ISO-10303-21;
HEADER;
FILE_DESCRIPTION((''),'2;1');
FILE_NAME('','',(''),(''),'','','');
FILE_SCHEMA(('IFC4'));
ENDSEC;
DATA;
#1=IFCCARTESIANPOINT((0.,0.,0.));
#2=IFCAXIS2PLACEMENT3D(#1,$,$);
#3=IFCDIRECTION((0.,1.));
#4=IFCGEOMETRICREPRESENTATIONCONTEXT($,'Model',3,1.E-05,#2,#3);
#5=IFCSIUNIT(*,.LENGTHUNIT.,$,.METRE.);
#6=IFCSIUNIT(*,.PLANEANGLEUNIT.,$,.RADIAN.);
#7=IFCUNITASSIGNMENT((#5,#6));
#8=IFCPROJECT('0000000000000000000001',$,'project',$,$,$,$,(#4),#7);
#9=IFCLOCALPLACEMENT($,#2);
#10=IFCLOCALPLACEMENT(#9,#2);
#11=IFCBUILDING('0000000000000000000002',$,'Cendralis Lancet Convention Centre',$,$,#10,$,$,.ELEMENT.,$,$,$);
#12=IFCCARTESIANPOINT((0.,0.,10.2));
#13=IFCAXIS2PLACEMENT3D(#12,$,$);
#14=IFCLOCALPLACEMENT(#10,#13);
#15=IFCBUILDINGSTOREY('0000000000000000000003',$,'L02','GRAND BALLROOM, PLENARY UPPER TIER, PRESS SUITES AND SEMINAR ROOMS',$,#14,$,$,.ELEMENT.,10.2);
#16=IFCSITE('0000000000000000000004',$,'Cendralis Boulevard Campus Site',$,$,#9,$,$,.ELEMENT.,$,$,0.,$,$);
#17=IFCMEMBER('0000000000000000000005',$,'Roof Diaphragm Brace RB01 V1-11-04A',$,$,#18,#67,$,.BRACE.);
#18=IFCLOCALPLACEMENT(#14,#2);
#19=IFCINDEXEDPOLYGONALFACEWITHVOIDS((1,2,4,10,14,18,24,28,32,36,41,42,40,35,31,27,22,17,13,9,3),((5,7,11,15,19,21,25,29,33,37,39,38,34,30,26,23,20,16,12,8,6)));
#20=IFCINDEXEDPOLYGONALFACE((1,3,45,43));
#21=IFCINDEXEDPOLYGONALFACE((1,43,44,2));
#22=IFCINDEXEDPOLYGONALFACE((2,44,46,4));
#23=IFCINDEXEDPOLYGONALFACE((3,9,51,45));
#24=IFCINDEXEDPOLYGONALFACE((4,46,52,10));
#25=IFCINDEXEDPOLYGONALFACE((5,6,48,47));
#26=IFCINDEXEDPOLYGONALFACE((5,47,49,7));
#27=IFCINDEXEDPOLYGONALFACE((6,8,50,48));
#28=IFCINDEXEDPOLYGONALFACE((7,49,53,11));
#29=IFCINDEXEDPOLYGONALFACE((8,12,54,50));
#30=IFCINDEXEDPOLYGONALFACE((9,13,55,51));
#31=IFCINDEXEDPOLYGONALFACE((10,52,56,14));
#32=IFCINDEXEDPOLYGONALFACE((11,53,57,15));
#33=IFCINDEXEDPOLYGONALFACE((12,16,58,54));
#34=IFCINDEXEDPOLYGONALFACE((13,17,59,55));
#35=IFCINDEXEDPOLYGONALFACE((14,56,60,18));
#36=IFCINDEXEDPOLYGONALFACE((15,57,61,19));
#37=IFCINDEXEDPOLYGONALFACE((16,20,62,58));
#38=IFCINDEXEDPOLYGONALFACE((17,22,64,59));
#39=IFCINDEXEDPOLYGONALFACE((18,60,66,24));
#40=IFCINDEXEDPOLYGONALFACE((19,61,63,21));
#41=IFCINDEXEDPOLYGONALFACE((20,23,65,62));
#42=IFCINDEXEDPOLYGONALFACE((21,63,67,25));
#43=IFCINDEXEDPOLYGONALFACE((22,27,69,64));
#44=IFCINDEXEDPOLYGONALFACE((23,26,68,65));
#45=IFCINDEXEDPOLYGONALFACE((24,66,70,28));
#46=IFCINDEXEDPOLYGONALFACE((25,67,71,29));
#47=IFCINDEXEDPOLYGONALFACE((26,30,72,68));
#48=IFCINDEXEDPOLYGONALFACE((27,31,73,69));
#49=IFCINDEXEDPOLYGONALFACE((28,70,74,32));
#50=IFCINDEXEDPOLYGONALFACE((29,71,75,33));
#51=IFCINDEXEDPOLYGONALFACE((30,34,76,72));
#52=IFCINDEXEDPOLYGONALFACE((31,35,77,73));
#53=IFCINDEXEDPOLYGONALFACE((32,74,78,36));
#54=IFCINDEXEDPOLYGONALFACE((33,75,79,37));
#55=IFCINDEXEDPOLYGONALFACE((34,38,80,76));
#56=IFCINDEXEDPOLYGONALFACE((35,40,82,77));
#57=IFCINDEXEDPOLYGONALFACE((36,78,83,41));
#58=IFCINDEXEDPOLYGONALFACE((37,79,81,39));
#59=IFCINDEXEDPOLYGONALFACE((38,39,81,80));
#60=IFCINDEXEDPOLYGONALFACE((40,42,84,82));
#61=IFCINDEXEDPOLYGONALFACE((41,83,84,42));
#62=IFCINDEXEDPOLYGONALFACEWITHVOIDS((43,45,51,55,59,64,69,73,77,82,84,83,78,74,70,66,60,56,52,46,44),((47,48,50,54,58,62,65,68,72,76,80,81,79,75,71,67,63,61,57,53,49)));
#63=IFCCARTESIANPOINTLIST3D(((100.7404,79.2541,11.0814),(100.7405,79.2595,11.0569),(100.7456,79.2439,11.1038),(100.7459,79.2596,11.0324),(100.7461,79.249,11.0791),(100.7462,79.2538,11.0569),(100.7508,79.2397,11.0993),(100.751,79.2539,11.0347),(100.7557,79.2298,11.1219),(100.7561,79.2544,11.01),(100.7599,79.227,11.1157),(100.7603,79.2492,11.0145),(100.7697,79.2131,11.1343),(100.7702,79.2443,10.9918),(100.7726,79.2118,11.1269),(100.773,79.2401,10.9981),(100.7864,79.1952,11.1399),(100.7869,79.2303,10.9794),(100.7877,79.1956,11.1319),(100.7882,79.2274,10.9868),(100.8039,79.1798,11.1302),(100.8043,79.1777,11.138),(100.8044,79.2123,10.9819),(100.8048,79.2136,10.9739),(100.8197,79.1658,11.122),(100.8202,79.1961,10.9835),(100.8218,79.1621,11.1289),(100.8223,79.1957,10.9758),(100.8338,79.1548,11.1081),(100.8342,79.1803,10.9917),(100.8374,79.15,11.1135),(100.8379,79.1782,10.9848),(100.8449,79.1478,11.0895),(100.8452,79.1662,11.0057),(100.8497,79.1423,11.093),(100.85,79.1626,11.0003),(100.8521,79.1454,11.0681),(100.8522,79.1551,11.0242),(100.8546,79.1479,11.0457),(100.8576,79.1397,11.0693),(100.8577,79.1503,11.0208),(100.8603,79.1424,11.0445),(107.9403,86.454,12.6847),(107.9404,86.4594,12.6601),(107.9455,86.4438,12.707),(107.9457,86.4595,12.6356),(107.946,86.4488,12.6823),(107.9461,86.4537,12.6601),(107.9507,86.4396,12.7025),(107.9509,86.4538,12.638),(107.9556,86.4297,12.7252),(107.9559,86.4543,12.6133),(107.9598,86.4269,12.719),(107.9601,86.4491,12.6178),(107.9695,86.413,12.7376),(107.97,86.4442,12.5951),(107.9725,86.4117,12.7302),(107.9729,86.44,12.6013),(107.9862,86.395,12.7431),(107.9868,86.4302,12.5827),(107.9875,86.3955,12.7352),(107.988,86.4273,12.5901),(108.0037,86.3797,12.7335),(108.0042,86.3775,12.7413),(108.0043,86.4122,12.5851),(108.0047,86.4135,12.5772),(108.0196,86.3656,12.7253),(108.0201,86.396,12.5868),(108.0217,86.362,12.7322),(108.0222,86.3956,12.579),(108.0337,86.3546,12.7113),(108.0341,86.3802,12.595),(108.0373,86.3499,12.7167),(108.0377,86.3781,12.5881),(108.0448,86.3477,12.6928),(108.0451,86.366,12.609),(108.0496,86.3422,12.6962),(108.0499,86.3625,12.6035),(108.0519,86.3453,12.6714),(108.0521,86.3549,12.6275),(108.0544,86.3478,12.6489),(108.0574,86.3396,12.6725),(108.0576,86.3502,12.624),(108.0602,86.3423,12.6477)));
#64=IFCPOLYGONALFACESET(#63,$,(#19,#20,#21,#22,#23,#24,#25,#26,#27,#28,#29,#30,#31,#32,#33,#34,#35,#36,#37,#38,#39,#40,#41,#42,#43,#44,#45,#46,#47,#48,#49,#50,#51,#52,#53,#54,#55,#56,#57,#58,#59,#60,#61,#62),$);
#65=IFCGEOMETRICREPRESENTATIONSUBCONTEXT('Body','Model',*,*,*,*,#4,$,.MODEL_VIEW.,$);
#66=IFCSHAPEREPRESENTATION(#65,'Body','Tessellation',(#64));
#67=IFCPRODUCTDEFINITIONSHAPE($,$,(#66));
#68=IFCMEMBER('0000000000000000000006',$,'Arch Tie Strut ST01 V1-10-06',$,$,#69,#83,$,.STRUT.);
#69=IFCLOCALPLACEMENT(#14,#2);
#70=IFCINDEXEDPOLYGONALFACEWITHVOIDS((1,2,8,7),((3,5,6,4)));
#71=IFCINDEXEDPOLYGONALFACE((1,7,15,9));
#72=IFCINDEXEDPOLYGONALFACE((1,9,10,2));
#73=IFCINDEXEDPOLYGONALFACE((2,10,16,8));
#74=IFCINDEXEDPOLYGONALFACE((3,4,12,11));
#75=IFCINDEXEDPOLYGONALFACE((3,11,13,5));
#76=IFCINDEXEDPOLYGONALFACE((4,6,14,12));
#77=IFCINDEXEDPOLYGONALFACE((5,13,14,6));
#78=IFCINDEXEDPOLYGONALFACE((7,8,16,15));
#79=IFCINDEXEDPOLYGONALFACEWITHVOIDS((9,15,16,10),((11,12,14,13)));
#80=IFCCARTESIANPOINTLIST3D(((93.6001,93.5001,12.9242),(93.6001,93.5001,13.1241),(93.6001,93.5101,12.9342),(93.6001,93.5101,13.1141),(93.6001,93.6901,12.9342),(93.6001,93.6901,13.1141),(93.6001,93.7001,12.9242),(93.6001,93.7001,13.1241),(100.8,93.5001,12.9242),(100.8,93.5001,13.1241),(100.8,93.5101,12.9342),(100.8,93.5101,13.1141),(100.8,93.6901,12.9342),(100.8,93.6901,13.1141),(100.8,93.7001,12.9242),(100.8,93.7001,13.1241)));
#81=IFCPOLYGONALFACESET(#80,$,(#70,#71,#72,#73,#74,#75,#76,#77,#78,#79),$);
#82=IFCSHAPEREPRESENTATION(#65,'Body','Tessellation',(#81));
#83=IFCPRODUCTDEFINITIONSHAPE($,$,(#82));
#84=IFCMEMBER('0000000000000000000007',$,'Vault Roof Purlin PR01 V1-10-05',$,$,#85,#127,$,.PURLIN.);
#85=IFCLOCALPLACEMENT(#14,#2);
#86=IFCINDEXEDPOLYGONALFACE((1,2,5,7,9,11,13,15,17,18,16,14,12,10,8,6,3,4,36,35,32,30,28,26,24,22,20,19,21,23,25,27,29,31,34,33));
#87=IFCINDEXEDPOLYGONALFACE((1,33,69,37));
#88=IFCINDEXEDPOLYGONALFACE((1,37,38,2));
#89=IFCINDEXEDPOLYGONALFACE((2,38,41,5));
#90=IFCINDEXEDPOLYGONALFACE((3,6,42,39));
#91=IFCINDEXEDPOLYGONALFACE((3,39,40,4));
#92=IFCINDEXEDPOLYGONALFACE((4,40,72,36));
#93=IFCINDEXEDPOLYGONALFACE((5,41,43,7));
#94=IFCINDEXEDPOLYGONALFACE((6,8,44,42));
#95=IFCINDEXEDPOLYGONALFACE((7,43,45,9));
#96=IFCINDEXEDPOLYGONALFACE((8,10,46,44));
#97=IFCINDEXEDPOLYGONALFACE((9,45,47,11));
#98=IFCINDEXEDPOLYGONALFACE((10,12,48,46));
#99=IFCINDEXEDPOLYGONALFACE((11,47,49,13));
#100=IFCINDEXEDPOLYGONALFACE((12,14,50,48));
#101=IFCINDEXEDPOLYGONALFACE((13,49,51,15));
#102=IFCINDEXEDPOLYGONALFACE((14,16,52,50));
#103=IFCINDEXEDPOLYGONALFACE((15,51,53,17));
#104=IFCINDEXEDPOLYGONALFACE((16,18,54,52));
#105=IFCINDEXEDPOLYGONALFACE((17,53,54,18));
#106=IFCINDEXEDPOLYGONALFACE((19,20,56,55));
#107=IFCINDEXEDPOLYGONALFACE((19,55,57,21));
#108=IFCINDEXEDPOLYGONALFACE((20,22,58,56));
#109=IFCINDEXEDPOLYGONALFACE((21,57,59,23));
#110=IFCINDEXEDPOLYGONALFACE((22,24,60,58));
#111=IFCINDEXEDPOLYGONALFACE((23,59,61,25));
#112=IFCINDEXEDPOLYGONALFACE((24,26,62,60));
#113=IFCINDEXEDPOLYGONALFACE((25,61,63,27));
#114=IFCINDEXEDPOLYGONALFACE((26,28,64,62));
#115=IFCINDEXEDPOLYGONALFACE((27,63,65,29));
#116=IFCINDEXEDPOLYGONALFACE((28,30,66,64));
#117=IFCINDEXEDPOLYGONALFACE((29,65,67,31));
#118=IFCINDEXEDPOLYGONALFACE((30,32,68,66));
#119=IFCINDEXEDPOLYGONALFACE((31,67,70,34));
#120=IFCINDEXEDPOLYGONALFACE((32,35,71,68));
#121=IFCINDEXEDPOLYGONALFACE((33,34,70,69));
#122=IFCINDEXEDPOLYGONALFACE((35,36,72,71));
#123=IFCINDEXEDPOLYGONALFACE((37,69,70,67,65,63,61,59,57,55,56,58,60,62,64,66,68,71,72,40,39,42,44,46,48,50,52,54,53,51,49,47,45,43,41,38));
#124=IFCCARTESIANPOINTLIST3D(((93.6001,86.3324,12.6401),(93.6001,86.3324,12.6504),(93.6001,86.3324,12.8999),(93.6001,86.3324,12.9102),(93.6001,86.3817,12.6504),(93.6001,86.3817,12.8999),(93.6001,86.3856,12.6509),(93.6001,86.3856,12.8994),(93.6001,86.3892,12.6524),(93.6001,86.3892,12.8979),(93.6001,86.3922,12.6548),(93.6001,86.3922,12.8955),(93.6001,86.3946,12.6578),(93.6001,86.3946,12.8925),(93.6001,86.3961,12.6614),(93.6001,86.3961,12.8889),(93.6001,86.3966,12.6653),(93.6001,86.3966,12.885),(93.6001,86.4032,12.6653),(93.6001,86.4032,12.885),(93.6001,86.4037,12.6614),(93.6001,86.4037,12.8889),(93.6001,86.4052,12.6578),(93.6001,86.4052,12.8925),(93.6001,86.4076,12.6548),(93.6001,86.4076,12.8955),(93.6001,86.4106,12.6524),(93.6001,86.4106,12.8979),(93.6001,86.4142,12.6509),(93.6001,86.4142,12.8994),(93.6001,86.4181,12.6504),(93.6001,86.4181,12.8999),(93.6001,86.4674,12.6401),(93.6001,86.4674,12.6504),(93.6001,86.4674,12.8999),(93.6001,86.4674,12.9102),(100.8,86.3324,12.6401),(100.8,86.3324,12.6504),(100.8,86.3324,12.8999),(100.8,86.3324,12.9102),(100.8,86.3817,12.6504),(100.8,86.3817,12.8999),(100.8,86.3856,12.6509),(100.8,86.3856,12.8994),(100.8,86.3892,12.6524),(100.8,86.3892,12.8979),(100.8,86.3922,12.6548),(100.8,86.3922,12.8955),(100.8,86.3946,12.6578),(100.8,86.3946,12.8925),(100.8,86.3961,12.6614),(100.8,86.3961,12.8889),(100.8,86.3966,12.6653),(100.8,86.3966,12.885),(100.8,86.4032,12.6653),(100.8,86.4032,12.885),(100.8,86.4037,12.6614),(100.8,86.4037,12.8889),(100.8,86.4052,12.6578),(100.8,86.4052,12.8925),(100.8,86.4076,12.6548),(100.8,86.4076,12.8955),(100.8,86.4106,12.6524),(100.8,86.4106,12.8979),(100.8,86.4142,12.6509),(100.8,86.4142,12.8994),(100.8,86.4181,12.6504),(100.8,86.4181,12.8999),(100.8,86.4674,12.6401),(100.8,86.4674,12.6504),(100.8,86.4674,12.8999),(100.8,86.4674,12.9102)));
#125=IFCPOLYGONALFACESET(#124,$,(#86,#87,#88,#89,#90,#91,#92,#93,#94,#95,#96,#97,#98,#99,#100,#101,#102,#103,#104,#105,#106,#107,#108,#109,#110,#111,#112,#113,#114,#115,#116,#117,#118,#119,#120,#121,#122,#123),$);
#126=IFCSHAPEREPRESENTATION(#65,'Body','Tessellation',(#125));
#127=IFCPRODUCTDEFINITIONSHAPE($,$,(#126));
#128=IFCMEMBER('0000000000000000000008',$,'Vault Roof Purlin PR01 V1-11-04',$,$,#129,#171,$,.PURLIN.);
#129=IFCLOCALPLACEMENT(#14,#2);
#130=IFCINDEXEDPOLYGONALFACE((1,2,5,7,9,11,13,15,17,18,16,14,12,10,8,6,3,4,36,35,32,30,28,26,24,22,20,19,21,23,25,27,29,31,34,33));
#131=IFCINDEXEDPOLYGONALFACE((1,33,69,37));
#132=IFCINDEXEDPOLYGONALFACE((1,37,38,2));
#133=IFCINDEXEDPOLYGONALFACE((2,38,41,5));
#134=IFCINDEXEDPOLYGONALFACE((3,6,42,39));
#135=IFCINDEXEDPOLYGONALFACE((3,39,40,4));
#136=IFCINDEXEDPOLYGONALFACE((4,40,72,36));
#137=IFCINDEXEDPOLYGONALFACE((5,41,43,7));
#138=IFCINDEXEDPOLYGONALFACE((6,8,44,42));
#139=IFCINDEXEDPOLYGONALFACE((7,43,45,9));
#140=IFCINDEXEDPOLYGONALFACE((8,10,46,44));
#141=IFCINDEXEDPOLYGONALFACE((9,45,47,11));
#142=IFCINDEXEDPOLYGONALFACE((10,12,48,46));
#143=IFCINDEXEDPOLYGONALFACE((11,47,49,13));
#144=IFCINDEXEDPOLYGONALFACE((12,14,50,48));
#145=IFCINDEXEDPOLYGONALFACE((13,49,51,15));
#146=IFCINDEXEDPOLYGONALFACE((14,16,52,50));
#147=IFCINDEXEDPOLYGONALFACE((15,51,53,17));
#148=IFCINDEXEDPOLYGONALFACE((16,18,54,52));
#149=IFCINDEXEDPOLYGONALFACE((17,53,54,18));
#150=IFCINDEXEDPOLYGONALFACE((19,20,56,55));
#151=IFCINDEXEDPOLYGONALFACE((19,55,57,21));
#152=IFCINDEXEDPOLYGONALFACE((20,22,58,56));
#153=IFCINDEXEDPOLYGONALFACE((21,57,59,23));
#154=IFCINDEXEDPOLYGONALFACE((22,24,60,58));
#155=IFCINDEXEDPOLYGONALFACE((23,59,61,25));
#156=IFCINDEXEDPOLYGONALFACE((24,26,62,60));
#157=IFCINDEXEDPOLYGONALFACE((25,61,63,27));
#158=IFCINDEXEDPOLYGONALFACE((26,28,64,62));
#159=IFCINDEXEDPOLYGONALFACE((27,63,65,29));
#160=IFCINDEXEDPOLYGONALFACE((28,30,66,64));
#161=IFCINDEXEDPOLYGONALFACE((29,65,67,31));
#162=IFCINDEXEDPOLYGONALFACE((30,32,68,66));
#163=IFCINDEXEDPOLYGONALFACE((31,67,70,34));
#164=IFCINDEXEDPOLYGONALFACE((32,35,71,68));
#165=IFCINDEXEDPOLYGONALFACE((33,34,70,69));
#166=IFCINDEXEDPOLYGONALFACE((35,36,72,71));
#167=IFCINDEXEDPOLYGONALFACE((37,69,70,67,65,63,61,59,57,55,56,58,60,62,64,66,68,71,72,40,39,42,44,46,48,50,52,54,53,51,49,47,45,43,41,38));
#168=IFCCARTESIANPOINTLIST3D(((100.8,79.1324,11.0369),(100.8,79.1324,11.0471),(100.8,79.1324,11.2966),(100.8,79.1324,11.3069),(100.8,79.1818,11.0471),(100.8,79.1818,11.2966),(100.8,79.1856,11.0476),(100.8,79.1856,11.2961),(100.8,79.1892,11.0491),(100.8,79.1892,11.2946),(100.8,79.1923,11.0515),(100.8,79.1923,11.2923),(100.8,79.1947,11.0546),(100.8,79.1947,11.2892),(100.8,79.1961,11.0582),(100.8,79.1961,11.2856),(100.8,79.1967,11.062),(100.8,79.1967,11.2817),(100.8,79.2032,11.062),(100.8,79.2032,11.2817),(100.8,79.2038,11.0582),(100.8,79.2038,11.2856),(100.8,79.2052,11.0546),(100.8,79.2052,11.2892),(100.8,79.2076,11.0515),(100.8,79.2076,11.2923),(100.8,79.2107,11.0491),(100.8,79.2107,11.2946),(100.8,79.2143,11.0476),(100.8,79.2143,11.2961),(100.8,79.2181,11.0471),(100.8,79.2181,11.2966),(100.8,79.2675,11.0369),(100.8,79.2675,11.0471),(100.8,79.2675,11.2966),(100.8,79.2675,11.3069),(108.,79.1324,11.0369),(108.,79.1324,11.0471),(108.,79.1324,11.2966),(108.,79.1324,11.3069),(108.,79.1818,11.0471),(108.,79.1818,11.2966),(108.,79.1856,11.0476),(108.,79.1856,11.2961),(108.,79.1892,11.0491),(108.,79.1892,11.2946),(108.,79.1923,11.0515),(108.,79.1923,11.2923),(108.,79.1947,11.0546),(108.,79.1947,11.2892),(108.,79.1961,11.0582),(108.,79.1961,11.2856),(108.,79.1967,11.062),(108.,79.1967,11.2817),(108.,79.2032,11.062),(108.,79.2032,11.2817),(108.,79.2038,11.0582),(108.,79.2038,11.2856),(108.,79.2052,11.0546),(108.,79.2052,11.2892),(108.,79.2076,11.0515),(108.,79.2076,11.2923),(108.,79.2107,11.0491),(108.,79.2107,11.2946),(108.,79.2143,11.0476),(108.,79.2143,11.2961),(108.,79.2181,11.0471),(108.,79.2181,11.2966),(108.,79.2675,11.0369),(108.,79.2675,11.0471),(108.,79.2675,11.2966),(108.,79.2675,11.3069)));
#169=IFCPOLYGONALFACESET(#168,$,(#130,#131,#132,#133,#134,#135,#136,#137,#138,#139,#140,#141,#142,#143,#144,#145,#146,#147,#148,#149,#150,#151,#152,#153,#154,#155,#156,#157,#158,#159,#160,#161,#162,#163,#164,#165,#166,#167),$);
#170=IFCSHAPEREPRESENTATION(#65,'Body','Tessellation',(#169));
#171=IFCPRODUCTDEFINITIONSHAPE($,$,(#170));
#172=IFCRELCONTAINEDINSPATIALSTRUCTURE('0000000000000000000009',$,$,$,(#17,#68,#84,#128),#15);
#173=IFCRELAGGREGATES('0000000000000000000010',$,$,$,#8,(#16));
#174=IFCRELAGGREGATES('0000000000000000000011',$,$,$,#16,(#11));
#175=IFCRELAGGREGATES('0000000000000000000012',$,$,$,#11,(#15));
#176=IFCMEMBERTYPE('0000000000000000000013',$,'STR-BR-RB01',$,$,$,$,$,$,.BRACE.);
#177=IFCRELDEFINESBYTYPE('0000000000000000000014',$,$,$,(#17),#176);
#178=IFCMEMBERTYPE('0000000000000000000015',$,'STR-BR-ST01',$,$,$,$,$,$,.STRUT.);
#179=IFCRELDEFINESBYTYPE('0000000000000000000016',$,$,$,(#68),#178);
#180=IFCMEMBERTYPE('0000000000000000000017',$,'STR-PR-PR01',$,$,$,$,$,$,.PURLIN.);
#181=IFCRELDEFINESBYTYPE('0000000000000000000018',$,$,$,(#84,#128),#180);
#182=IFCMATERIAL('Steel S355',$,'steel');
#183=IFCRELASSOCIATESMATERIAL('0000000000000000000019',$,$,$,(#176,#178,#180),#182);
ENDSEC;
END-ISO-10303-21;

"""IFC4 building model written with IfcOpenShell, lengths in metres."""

from ifc_helpers import new_model, si_unit, direction, frame, origin, origin_2d, place, context, subcontext, project, spatial, hollow_rectangle, hollow_circle, i_section, extrude, material, material_profile, profile_set, type_object, element, save


model = new_model("IFC4")

# Units and contexts
model_context = context("Model", 3, precision=1e-05, world=origin(), true_north=direction((0.0, 1.0)))
body_context = subcontext(model_context, "Body", "Model", "MODEL_VIEW")
ifc_project = project(units=[si_unit("LENGTHUNIT", "METRE"), si_unit("PLANEANGLEUNIT", "RADIAN")], contexts=[model_context])

# Site, building, storey
site_placement = place(None, origin())
site = spatial("IfcSite", under=ifc_project, at=site_placement, Name="Cendralis Boulevard Campus Site", CompositionType="ELEMENT", RefElevation=0.0)
building_placement = place(site_placement, origin())
building = spatial("IfcBuilding", under=site, at=building_placement, Name="Cendralis Lancet Convention Centre", CompositionType="ELEMENT")
storey_placement = place(building_placement, frame((0.0, 0.0, 10.2)))
storey = spatial("IfcBuildingStorey", under=building, at=storey_placement, Name="L02", Description="GRAND BALLROOM, PLENARY UPPER TIER, PRESS SUITES AND SEMINAR ROOMS", CompositionType="ELEMENT", Elevation=10.2)

# Members
ifc_material = material(Name="Steel S355", Category="steel")
ifc_material_profile_1 = material_profile(ifc_material, hollow_circle(Radius=0.0842, WallThickness=0.0081, at=origin_2d()), Name="CHS 168.3x8.0")
ifc_profile_set_1 = profile_set([ifc_material_profile_1], Name="Steel S355")
member_type_1 = type_object("IfcMemberType", Name="STR-BR-RB01", PredefinedType="BRACE", material=ifc_profile_set_1)
member_1_placement = place(storey_placement, frame((100.8, 79.2, 11.0569), z_axis=(0.698501, 0.698501, 0.155541), x_axis=(-0.707107, 0.707107, 0.0)))
element("IfcMember", 1, at=member_1_placement, inside=storey, type_object=member_type_1, Name="Roof Diaphragm Brace RB01 V1-11-04A", PredefinedType="BRACE", context=body_context, shape_type="SweptSolid", body=[
    extrude(hollow_circle(Radius=0.0842, WallThickness=0.0081, at=origin_2d()), origin(), (0.0, 0.0, 1.0), 10.3076),
])
ifc_material_profile_2 = material_profile(ifc_material, hollow_rectangle(XDim=0.2, YDim=0.2, WallThickness=0.01, at=origin_2d()), Name="SHS 200x200x10.0")
ifc_profile_set_2 = profile_set([ifc_material_profile_2], Name="Steel S355")
member_type_2 = type_object("IfcMemberType", Name="STR-BR-ST01", PredefinedType="STRUT", material=ifc_profile_set_2)
member_2_placement = place(storey_placement, frame((93.6001, 93.6001, 13.0242), z_axis=(1.0, 0.0, 0.0), x_axis=(0.0, 1.0, 0.0)))
element("IfcMember", 2, at=member_2_placement, inside=storey, type_object=member_type_2, Name="Arch Tie Strut ST01 V1-10-06", PredefinedType="STRUT", context=body_context, shape_type="SweptSolid", body=[
    extrude(hollow_rectangle(XDim=0.2, YDim=0.2, WallThickness=0.01, at=origin_2d()), origin(), (0.0, 0.0, 1.0), 7.2),
])
ifc_material_profile_3 = material_profile(ifc_material, i_section(OverallWidth=0.135, OverallDepth=0.27, WebThickness=0.0066, FlangeThickness=0.0103, FilletRadius=0.0149, at=origin_2d()), Name="IPE 270")
ifc_profile_set_3 = profile_set([ifc_material_profile_3], Name="Steel S355")
member_type_3 = type_object("IfcMemberType", Name="STR-PR-PR01", PredefinedType="PURLIN", material=ifc_profile_set_3)
for number, where, z_axis, x_axis, name in (
    (3, (93.6001, 86.3999, 12.7751), (1.0, 0.0, 0.0), (0.0, 1.0, 0.0), "Vault Roof Purlin PR01 V1-10-05"),
    (4, (100.8, 79.2, 11.1719), (1.0, 0.0, 0.0), (0.0, 1.0, 0.0), "Vault Roof Purlin PR01 V1-11-04"),
):
    element("IfcMember", number, at=place(storey_placement, frame(where, z_axis=z_axis, x_axis=x_axis)), inside=storey, type_object=member_type_3, Name=name, PredefinedType="PURLIN", context=body_context, shape_type="SweptSolid", body=[
        extrude(i_section(OverallWidth=0.135, OverallDepth=0.27, WebThickness=0.0066, FlangeThickness=0.0103, FilletRadius=0.0149, at=origin_2d()), origin(), (0.0, 0.0, 1.0), 7.2),
    ])

save(model, "model.ifc")
